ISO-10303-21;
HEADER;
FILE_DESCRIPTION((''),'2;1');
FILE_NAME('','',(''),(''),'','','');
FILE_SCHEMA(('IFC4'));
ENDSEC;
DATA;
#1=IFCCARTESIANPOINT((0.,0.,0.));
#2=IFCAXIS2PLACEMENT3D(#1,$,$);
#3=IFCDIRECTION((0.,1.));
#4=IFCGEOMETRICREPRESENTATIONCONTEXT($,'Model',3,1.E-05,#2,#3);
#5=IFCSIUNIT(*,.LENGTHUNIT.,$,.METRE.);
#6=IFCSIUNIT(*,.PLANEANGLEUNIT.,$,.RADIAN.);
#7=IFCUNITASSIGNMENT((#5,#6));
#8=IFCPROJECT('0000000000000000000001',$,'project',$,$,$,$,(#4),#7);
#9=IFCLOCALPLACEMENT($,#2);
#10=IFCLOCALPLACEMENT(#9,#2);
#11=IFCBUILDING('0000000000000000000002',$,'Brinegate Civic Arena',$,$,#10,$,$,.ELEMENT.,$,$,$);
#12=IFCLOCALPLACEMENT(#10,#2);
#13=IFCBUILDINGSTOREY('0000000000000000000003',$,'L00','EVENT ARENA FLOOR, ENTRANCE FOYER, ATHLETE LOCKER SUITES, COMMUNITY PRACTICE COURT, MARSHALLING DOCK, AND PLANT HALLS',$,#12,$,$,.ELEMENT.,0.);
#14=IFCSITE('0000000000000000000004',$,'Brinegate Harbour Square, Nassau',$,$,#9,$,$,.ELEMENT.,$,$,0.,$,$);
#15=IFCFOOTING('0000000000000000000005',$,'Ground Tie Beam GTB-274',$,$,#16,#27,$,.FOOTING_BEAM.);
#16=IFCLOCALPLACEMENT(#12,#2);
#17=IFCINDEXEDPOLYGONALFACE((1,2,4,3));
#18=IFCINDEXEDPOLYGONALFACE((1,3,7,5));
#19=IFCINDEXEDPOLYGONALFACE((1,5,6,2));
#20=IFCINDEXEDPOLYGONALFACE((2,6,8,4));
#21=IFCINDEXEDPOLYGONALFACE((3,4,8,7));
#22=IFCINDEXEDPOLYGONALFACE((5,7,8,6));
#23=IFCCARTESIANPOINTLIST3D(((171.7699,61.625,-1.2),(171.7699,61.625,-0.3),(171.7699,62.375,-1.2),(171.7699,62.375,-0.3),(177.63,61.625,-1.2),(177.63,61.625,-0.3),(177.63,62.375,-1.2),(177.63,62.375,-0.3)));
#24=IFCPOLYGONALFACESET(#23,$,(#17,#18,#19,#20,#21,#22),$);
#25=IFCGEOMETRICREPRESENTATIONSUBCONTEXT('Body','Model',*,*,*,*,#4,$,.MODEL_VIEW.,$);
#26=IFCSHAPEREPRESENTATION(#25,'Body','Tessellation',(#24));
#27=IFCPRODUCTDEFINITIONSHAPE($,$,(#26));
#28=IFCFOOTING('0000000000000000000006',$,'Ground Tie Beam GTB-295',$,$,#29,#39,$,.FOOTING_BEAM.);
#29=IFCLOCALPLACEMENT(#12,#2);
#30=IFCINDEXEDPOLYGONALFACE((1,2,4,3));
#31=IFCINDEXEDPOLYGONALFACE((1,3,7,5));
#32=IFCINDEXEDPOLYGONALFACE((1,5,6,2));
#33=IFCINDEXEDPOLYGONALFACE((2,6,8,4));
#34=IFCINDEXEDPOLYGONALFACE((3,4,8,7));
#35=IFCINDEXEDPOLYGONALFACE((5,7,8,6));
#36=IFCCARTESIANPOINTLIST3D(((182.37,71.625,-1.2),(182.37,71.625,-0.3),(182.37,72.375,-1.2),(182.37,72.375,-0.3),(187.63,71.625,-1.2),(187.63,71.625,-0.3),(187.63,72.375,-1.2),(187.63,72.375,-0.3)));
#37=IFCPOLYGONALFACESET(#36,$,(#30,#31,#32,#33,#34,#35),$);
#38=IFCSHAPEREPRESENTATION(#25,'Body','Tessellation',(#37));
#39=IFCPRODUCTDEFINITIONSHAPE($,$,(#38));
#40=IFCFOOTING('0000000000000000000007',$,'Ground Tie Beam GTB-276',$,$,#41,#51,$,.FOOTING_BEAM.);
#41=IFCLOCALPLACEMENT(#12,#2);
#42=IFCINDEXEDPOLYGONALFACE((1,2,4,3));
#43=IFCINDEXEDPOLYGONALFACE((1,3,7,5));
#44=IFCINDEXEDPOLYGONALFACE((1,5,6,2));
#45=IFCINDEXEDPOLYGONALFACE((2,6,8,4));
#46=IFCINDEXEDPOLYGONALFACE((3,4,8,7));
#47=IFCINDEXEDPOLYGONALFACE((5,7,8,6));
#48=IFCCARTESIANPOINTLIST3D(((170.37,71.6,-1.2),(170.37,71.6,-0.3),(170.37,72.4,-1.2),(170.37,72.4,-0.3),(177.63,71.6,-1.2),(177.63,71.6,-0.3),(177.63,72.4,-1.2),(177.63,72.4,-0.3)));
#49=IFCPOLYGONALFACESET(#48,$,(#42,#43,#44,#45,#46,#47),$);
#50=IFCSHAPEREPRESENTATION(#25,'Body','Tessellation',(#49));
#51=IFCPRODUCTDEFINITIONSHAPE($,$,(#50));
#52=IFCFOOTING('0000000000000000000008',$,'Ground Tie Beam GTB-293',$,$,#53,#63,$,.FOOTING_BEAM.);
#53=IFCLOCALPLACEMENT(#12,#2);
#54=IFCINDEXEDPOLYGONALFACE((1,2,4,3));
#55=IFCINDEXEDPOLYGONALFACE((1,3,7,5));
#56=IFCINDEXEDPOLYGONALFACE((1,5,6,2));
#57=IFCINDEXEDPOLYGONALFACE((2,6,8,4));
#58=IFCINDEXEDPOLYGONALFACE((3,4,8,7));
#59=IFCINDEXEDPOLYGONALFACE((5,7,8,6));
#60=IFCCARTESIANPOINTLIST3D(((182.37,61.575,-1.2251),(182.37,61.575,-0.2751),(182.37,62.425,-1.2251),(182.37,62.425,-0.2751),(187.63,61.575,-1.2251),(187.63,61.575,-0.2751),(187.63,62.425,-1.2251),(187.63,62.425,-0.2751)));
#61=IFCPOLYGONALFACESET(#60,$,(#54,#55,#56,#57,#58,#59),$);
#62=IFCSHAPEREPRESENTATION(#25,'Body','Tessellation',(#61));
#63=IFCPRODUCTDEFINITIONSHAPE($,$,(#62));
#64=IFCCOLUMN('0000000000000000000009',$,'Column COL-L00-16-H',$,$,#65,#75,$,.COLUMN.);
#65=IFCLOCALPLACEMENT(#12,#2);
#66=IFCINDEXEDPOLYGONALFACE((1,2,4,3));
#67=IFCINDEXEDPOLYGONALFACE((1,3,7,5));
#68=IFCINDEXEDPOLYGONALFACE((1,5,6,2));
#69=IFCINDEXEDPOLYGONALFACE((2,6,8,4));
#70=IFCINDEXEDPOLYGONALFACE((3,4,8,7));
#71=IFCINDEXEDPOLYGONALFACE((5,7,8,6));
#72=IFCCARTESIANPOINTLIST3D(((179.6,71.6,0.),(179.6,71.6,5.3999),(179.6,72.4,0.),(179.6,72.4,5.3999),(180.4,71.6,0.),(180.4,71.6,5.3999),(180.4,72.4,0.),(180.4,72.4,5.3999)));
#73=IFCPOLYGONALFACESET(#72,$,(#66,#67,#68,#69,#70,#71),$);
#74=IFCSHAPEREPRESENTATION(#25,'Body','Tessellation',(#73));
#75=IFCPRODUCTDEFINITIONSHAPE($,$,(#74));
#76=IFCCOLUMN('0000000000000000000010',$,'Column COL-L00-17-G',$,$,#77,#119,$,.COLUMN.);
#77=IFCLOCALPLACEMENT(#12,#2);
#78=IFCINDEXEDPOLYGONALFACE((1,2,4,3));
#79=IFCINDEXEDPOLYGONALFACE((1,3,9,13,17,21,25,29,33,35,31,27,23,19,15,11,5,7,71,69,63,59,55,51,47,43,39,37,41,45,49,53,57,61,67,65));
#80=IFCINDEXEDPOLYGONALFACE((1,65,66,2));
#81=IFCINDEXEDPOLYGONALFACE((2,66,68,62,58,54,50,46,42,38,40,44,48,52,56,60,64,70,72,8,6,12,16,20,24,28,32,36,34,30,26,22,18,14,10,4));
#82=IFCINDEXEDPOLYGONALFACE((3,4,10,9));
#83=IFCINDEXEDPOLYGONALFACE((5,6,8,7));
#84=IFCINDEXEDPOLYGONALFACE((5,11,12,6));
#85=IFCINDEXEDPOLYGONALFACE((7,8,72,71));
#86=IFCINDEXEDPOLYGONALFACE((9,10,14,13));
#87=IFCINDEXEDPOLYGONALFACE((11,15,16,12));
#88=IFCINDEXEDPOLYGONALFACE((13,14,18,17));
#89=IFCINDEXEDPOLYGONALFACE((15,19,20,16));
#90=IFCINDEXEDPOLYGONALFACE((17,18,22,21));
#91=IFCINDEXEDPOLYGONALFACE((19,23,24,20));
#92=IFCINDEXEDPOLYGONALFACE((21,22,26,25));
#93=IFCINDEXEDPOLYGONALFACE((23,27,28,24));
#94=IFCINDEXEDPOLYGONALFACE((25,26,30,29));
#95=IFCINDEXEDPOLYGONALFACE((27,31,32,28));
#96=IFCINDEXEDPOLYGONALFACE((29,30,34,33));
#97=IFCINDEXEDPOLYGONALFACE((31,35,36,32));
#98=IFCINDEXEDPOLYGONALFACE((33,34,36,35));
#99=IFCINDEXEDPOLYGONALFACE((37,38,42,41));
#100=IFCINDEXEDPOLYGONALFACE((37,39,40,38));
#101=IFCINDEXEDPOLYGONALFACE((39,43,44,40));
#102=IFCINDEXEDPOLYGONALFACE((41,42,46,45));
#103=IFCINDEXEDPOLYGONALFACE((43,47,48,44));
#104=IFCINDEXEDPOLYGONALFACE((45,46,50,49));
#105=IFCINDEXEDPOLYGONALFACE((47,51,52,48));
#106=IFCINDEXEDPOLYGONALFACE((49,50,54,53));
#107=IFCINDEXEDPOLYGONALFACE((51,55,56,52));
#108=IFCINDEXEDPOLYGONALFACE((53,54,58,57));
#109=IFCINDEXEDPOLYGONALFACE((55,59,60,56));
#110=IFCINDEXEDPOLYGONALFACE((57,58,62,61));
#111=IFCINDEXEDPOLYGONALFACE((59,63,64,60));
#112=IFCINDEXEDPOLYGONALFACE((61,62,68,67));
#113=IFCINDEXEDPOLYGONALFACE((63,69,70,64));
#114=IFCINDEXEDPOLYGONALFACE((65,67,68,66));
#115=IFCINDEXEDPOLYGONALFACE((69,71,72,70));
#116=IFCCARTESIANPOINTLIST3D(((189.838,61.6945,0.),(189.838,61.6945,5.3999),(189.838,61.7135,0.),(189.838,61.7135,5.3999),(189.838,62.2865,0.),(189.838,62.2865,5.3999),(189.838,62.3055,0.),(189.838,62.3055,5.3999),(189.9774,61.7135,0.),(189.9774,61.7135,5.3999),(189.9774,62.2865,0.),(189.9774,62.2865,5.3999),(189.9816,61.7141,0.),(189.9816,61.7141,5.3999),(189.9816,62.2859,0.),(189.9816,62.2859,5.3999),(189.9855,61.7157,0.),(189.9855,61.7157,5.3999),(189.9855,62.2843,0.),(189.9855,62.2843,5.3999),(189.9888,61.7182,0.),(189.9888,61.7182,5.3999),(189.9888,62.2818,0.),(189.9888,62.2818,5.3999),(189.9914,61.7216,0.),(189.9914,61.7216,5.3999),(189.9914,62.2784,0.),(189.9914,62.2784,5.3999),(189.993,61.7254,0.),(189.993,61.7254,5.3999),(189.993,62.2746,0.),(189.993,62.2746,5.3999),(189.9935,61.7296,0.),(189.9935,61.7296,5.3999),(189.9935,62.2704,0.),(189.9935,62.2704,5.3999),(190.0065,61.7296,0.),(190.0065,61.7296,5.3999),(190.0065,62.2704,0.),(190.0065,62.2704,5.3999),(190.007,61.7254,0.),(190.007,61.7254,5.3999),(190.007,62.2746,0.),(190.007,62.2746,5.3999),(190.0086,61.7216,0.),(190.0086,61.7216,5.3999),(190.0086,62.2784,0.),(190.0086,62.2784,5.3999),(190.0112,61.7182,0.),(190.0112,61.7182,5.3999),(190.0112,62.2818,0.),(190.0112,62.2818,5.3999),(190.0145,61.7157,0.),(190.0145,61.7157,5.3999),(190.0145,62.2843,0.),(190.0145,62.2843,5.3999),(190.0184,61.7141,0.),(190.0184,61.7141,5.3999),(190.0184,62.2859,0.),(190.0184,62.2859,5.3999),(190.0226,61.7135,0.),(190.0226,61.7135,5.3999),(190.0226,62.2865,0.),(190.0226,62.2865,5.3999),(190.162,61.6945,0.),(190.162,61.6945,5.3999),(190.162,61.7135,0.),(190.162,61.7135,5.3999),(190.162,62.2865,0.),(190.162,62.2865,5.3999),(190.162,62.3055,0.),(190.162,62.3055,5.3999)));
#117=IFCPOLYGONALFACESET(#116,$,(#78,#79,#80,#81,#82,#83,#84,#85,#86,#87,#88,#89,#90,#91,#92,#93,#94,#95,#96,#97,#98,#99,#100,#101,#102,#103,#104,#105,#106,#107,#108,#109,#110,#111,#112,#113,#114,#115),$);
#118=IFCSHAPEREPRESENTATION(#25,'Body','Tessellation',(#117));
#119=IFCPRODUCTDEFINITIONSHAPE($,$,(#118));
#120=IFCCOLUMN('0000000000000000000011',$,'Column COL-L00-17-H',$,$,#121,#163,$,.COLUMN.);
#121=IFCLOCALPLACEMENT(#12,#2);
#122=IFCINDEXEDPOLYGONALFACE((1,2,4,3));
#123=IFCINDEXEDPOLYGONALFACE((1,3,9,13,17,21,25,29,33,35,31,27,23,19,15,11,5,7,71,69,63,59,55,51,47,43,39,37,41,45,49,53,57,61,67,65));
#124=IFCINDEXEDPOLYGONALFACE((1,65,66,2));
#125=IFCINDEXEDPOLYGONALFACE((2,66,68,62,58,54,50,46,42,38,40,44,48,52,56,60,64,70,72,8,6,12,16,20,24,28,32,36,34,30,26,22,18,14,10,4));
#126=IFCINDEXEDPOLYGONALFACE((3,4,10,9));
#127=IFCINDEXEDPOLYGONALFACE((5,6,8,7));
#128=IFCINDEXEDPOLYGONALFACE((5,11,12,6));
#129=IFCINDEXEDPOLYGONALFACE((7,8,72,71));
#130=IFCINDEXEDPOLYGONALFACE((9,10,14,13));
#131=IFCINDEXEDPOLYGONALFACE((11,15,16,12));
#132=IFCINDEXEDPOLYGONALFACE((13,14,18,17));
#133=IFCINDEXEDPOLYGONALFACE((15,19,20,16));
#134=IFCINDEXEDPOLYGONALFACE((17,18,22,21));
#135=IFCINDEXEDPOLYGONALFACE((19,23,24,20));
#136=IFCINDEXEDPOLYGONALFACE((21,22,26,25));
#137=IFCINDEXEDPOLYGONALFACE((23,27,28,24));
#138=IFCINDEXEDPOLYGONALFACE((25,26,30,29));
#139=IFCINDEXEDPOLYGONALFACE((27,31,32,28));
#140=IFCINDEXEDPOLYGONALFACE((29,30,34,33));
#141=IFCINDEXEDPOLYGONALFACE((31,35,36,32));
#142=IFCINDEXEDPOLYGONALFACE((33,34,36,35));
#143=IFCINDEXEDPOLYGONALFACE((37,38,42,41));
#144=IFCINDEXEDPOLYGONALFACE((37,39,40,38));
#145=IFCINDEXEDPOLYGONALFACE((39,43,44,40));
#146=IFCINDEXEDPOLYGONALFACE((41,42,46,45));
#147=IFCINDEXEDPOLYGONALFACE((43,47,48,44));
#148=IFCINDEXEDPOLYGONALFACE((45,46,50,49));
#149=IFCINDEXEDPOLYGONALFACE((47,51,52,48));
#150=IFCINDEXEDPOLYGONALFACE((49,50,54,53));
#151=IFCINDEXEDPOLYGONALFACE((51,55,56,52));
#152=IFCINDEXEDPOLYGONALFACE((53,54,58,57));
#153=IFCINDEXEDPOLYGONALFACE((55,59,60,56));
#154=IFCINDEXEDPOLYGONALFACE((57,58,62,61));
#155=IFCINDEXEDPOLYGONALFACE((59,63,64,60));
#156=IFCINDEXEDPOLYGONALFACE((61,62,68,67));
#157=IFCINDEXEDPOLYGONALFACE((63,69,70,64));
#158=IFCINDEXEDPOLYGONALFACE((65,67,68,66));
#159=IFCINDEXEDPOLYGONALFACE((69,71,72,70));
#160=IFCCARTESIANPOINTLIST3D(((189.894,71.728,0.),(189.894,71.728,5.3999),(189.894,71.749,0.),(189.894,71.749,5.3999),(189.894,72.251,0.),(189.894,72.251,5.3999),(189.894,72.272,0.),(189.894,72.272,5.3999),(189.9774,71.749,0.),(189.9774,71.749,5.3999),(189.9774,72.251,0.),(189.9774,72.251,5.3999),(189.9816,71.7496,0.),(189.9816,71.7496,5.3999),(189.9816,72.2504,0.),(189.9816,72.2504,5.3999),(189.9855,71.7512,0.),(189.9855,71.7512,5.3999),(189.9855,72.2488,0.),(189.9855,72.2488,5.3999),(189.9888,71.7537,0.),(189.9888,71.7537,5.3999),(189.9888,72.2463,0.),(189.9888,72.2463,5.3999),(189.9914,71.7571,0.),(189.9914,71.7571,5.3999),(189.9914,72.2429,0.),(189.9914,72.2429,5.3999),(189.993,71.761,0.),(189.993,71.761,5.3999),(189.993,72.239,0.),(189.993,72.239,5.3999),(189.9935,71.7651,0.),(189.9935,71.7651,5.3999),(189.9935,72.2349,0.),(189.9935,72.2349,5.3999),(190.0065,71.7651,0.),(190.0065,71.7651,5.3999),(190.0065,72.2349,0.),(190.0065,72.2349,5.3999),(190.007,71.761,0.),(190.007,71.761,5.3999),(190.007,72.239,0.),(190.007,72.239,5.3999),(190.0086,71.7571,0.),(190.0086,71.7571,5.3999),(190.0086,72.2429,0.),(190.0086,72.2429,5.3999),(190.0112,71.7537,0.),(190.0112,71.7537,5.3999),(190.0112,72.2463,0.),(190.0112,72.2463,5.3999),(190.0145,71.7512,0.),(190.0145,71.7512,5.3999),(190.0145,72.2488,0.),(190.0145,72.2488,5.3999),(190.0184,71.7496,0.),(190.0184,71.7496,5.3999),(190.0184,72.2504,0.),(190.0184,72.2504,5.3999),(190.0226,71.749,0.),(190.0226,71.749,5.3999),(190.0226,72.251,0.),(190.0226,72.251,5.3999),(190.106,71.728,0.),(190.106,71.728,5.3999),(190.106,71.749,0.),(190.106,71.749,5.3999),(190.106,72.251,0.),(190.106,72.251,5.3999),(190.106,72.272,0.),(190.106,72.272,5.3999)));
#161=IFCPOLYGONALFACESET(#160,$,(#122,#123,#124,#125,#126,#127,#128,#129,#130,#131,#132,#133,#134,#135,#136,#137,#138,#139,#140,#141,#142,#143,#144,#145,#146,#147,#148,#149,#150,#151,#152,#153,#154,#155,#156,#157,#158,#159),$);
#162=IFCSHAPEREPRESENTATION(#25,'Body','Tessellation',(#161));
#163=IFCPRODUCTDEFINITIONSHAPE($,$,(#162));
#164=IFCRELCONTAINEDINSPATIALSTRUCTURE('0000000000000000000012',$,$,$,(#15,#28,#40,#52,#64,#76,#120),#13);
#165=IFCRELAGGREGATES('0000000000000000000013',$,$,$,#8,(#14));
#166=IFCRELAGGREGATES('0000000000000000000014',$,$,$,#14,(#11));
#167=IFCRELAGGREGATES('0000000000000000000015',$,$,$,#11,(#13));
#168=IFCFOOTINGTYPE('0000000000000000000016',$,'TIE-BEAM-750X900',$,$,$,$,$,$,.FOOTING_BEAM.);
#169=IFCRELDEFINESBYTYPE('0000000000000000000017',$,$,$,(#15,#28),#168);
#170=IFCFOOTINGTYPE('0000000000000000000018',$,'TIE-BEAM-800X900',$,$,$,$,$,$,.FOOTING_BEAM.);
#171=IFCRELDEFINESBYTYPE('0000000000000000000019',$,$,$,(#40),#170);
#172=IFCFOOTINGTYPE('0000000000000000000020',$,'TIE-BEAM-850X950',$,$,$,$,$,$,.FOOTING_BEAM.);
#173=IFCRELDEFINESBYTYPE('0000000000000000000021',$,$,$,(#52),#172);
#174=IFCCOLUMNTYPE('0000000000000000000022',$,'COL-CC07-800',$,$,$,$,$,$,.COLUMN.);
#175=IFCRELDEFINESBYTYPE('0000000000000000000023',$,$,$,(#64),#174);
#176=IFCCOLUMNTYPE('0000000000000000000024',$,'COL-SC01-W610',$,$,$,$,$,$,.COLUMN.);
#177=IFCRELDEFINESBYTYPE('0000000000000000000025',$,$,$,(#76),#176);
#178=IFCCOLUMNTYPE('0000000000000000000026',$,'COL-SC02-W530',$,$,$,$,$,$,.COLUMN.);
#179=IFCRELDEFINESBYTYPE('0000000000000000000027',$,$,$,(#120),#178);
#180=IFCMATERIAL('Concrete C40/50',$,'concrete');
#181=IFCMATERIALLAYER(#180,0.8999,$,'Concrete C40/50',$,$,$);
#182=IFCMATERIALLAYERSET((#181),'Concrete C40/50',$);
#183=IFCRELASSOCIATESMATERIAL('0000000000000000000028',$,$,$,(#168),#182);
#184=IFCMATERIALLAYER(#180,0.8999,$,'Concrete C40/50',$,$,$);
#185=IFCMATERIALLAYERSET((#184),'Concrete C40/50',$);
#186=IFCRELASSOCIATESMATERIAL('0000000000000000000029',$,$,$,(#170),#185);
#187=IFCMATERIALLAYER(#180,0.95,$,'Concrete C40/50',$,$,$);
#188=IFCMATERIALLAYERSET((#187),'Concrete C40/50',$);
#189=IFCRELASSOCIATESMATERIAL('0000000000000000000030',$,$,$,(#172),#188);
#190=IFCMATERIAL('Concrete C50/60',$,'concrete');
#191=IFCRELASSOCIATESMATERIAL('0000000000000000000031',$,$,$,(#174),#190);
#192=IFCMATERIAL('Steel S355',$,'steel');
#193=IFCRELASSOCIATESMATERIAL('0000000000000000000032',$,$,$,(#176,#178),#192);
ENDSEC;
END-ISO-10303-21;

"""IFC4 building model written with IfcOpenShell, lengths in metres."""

from ifc_helpers import new_model, si_unit, direction, frame, origin, origin_2d, place, context, subcontext, project, spatial, rectangle, i_section, extrude, material, layer, layer_set, material_profile, profile_set, type_object, element, save


model = new_model("IFC4")

# Units and contexts
model_context = context("Model", 3, precision=1e-05, world=origin(), true_north=direction((0.0, 1.0)))
body_context = subcontext(model_context, "Body", "Model", "MODEL_VIEW")
ifc_project = project(units=[si_unit("LENGTHUNIT", "METRE"), si_unit("PLANEANGLEUNIT", "RADIAN")], contexts=[model_context])

# Site, building, storey
site_placement = place(None, origin())
site = spatial("IfcSite", under=ifc_project, at=site_placement, Name="Brinegate Harbour Square, Nassau", CompositionType="ELEMENT", RefElevation=0.0)
building_placement = place(site_placement, origin())
building = spatial("IfcBuilding", under=site, at=building_placement, Name="Brinegate Civic Arena", CompositionType="ELEMENT")
storey_placement = place(building_placement, origin())
storey = spatial("IfcBuildingStorey", under=building, at=storey_placement, Name="L00", Description="EVENT ARENA FLOOR, ENTRANCE FOYER, ATHLETE LOCKER SUITES, COMMUNITY PRACTICE COURT, MARSHALLING DOCK, AND PLANT HALLS", CompositionType="ELEMENT", Elevation=0.0)

# Shared definitions
ifc_material_1 = material(Name="Concrete C40/50", Category="concrete")

# Footings
ifc_layer_1 = layer(ifc_material_1, 0.8999, Name="Concrete C40/50")
ifc_layer_set_1 = layer_set([ifc_layer_1], Name="Concrete C40/50")
footing_type_1 = type_object("IfcFootingType", Name="TIE-BEAM-750X900", PredefinedType="FOOTING_BEAM", material=ifc_layer_set_1)
footing_1_placement = place(storey_placement, frame((174.7, 62.0, -1.2), z_axis=(0.0, 0.0, 1.0), x_axis=(1.0, 0.0, 0.0)))
element("IfcFooting", 1, at=footing_1_placement, inside=storey, type_object=footing_type_1, Name="Ground Tie Beam GTB-274", PredefinedType="FOOTING_BEAM", context=body_context, shape_type="SweptSolid", body=[
    extrude(rectangle(XDim=5.8601, YDim=0.75, at=origin_2d()), origin(), (0.0, 0.0, 1.0), 0.8999),
])
footing_2_placement = place(storey_placement, frame((185.0, 72.0, -1.2), z_axis=(0.0, 0.0, 1.0), x_axis=(1.0, 0.0, 0.0)))
element("IfcFooting", 2, at=footing_2_placement, inside=storey, type_object=footing_type_1, Name="Ground Tie Beam GTB-295", PredefinedType="FOOTING_BEAM", context=body_context, shape_type="SweptSolid", body=[
    extrude(rectangle(XDim=5.26, YDim=0.75, at=origin_2d()), origin(), (0.0, 0.0, 1.0), 0.8999),
])
ifc_layer_2 = layer(ifc_material_1, 0.8999, Name="Concrete C40/50")
ifc_layer_set_2 = layer_set([ifc_layer_2], Name="Concrete C40/50")
footing_type_2 = type_object("IfcFootingType", Name="TIE-BEAM-800X900", PredefinedType="FOOTING_BEAM", material=ifc_layer_set_2)
footing_3_placement = place(storey_placement, frame((174.0, 72.0, -1.2), z_axis=(0.0, 0.0, 1.0), x_axis=(1.0, 0.0, 0.0)))
element("IfcFooting", 3, at=footing_3_placement, inside=storey, type_object=footing_type_2, Name="Ground Tie Beam GTB-276", PredefinedType="FOOTING_BEAM", context=body_context, shape_type="SweptSolid", body=[
    extrude(rectangle(XDim=7.26, YDim=0.8, at=origin_2d()), origin(), (0.0, 0.0, 1.0), 0.8999),
])
ifc_layer_3 = layer(ifc_material_1, 0.95, Name="Concrete C40/50")
ifc_layer_set_3 = layer_set([ifc_layer_3], Name="Concrete C40/50")
footing_type_3 = type_object("IfcFootingType", Name="TIE-BEAM-850X950", PredefinedType="FOOTING_BEAM", material=ifc_layer_set_3)
footing_4_placement = place(storey_placement, frame((185.0, 62.0, -1.2251), z_axis=(0.0, 0.0, 1.0), x_axis=(1.0, 0.0, 0.0)))
element("IfcFooting", 4, at=footing_4_placement, inside=storey, type_object=footing_type_3, Name="Ground Tie Beam GTB-293", PredefinedType="FOOTING_BEAM", context=body_context, shape_type="SweptSolid", body=[
    extrude(rectangle(XDim=5.26, YDim=0.8501, at=origin_2d()), origin(), (0.0, 0.0, 1.0), 0.95),
])

# Columns
ifc_material_2 = material(Name="Concrete C50/60", Category="concrete")
ifc_material_profile_1 = material_profile(ifc_material_2, rectangle(XDim=0.8, YDim=0.8, at=origin_2d()), Name="RC800X800")
ifc_profile_set_1 = profile_set([ifc_material_profile_1], Name="Concrete C50/60")
column_type_1 = type_object("IfcColumnType", Name="COL-CC07-800", PredefinedType="COLUMN", material=ifc_profile_set_1)
column_1_placement = place(storey_placement, frame((180.0, 72.0, 0.0), z_axis=(0.0, 0.0, 1.0), x_axis=(1.0, 0.0, 0.0)))
element("IfcColumn", 5, at=column_1_placement, inside=storey, type_object=column_type_1, Name="Column COL-L00-16-H", PredefinedType="COLUMN", context=body_context, shape_type="SweptSolid", body=[
    extrude(rectangle(XDim=0.8, YDim=0.8, at=origin_2d()), origin(), (0.0, 0.0, 1.0), 5.3999),
])
ifc_material_3 = material(Name="Steel S355", Category="steel")
ifc_material_profile_2 = material_profile(ifc_material_3, i_section(OverallWidth=0.324, OverallDepth=0.6111, WebThickness=0.0129, FlangeThickness=0.019, FilletRadius=0.0161, at=origin_2d()), Name="W610X155")
ifc_profile_set_2 = profile_set([ifc_material_profile_2], Name="Steel S355")
column_type_2 = type_object("IfcColumnType", Name="COL-SC01-W610", PredefinedType="COLUMN", material=ifc_profile_set_2)
column_2_placement = place(storey_placement, frame((190.0, 62.0, 0.0), z_axis=(0.0, 0.0, 1.0), x_axis=(1.0, 0.0, 0.0)))
element("IfcColumn", 6, at=column_2_placement, inside=storey, type_object=column_type_2, Name="Column COL-L00-17-G", PredefinedType="COLUMN", context=body_context, shape_type="SweptSolid", body=[
    extrude(i_section(OverallWidth=0.324, OverallDepth=0.6111, WebThickness=0.0129, FlangeThickness=0.019, FilletRadius=0.0161, at=origin_2d()), origin(), (0.0, 0.0, 1.0), 5.3999),
])
ifc_material_profile_3 = material_profile(ifc_material_3, i_section(OverallWidth=0.2119, OverallDepth=0.5439, WebThickness=0.0129, FlangeThickness=0.021, FilletRadius=0.0161, at=origin_2d()), Name="W530X123")
ifc_profile_set_3 = profile_set([ifc_material_profile_3], Name="Steel S355")
column_type_3 = type_object("IfcColumnType", Name="COL-SC02-W530", PredefinedType="COLUMN", material=ifc_profile_set_3)
column_3_placement = place(storey_placement, frame((190.0, 72.0, 0.0), z_axis=(0.0, 0.0, 1.0), x_axis=(1.0, 0.0, 0.0)))
element("IfcColumn", 7, at=column_3_placement, inside=storey, type_object=column_type_3, Name="Column COL-L00-17-H", PredefinedType="COLUMN", context=body_context, shape_type="SweptSolid", body=[
    extrude(i_section(OverallWidth=0.2119, OverallDepth=0.5439, WebThickness=0.0129, FlangeThickness=0.021, FilletRadius=0.0161, at=origin_2d()), origin(), (0.0, 0.0, 1.0), 5.3999),
])

save(model, "model.ifc")
